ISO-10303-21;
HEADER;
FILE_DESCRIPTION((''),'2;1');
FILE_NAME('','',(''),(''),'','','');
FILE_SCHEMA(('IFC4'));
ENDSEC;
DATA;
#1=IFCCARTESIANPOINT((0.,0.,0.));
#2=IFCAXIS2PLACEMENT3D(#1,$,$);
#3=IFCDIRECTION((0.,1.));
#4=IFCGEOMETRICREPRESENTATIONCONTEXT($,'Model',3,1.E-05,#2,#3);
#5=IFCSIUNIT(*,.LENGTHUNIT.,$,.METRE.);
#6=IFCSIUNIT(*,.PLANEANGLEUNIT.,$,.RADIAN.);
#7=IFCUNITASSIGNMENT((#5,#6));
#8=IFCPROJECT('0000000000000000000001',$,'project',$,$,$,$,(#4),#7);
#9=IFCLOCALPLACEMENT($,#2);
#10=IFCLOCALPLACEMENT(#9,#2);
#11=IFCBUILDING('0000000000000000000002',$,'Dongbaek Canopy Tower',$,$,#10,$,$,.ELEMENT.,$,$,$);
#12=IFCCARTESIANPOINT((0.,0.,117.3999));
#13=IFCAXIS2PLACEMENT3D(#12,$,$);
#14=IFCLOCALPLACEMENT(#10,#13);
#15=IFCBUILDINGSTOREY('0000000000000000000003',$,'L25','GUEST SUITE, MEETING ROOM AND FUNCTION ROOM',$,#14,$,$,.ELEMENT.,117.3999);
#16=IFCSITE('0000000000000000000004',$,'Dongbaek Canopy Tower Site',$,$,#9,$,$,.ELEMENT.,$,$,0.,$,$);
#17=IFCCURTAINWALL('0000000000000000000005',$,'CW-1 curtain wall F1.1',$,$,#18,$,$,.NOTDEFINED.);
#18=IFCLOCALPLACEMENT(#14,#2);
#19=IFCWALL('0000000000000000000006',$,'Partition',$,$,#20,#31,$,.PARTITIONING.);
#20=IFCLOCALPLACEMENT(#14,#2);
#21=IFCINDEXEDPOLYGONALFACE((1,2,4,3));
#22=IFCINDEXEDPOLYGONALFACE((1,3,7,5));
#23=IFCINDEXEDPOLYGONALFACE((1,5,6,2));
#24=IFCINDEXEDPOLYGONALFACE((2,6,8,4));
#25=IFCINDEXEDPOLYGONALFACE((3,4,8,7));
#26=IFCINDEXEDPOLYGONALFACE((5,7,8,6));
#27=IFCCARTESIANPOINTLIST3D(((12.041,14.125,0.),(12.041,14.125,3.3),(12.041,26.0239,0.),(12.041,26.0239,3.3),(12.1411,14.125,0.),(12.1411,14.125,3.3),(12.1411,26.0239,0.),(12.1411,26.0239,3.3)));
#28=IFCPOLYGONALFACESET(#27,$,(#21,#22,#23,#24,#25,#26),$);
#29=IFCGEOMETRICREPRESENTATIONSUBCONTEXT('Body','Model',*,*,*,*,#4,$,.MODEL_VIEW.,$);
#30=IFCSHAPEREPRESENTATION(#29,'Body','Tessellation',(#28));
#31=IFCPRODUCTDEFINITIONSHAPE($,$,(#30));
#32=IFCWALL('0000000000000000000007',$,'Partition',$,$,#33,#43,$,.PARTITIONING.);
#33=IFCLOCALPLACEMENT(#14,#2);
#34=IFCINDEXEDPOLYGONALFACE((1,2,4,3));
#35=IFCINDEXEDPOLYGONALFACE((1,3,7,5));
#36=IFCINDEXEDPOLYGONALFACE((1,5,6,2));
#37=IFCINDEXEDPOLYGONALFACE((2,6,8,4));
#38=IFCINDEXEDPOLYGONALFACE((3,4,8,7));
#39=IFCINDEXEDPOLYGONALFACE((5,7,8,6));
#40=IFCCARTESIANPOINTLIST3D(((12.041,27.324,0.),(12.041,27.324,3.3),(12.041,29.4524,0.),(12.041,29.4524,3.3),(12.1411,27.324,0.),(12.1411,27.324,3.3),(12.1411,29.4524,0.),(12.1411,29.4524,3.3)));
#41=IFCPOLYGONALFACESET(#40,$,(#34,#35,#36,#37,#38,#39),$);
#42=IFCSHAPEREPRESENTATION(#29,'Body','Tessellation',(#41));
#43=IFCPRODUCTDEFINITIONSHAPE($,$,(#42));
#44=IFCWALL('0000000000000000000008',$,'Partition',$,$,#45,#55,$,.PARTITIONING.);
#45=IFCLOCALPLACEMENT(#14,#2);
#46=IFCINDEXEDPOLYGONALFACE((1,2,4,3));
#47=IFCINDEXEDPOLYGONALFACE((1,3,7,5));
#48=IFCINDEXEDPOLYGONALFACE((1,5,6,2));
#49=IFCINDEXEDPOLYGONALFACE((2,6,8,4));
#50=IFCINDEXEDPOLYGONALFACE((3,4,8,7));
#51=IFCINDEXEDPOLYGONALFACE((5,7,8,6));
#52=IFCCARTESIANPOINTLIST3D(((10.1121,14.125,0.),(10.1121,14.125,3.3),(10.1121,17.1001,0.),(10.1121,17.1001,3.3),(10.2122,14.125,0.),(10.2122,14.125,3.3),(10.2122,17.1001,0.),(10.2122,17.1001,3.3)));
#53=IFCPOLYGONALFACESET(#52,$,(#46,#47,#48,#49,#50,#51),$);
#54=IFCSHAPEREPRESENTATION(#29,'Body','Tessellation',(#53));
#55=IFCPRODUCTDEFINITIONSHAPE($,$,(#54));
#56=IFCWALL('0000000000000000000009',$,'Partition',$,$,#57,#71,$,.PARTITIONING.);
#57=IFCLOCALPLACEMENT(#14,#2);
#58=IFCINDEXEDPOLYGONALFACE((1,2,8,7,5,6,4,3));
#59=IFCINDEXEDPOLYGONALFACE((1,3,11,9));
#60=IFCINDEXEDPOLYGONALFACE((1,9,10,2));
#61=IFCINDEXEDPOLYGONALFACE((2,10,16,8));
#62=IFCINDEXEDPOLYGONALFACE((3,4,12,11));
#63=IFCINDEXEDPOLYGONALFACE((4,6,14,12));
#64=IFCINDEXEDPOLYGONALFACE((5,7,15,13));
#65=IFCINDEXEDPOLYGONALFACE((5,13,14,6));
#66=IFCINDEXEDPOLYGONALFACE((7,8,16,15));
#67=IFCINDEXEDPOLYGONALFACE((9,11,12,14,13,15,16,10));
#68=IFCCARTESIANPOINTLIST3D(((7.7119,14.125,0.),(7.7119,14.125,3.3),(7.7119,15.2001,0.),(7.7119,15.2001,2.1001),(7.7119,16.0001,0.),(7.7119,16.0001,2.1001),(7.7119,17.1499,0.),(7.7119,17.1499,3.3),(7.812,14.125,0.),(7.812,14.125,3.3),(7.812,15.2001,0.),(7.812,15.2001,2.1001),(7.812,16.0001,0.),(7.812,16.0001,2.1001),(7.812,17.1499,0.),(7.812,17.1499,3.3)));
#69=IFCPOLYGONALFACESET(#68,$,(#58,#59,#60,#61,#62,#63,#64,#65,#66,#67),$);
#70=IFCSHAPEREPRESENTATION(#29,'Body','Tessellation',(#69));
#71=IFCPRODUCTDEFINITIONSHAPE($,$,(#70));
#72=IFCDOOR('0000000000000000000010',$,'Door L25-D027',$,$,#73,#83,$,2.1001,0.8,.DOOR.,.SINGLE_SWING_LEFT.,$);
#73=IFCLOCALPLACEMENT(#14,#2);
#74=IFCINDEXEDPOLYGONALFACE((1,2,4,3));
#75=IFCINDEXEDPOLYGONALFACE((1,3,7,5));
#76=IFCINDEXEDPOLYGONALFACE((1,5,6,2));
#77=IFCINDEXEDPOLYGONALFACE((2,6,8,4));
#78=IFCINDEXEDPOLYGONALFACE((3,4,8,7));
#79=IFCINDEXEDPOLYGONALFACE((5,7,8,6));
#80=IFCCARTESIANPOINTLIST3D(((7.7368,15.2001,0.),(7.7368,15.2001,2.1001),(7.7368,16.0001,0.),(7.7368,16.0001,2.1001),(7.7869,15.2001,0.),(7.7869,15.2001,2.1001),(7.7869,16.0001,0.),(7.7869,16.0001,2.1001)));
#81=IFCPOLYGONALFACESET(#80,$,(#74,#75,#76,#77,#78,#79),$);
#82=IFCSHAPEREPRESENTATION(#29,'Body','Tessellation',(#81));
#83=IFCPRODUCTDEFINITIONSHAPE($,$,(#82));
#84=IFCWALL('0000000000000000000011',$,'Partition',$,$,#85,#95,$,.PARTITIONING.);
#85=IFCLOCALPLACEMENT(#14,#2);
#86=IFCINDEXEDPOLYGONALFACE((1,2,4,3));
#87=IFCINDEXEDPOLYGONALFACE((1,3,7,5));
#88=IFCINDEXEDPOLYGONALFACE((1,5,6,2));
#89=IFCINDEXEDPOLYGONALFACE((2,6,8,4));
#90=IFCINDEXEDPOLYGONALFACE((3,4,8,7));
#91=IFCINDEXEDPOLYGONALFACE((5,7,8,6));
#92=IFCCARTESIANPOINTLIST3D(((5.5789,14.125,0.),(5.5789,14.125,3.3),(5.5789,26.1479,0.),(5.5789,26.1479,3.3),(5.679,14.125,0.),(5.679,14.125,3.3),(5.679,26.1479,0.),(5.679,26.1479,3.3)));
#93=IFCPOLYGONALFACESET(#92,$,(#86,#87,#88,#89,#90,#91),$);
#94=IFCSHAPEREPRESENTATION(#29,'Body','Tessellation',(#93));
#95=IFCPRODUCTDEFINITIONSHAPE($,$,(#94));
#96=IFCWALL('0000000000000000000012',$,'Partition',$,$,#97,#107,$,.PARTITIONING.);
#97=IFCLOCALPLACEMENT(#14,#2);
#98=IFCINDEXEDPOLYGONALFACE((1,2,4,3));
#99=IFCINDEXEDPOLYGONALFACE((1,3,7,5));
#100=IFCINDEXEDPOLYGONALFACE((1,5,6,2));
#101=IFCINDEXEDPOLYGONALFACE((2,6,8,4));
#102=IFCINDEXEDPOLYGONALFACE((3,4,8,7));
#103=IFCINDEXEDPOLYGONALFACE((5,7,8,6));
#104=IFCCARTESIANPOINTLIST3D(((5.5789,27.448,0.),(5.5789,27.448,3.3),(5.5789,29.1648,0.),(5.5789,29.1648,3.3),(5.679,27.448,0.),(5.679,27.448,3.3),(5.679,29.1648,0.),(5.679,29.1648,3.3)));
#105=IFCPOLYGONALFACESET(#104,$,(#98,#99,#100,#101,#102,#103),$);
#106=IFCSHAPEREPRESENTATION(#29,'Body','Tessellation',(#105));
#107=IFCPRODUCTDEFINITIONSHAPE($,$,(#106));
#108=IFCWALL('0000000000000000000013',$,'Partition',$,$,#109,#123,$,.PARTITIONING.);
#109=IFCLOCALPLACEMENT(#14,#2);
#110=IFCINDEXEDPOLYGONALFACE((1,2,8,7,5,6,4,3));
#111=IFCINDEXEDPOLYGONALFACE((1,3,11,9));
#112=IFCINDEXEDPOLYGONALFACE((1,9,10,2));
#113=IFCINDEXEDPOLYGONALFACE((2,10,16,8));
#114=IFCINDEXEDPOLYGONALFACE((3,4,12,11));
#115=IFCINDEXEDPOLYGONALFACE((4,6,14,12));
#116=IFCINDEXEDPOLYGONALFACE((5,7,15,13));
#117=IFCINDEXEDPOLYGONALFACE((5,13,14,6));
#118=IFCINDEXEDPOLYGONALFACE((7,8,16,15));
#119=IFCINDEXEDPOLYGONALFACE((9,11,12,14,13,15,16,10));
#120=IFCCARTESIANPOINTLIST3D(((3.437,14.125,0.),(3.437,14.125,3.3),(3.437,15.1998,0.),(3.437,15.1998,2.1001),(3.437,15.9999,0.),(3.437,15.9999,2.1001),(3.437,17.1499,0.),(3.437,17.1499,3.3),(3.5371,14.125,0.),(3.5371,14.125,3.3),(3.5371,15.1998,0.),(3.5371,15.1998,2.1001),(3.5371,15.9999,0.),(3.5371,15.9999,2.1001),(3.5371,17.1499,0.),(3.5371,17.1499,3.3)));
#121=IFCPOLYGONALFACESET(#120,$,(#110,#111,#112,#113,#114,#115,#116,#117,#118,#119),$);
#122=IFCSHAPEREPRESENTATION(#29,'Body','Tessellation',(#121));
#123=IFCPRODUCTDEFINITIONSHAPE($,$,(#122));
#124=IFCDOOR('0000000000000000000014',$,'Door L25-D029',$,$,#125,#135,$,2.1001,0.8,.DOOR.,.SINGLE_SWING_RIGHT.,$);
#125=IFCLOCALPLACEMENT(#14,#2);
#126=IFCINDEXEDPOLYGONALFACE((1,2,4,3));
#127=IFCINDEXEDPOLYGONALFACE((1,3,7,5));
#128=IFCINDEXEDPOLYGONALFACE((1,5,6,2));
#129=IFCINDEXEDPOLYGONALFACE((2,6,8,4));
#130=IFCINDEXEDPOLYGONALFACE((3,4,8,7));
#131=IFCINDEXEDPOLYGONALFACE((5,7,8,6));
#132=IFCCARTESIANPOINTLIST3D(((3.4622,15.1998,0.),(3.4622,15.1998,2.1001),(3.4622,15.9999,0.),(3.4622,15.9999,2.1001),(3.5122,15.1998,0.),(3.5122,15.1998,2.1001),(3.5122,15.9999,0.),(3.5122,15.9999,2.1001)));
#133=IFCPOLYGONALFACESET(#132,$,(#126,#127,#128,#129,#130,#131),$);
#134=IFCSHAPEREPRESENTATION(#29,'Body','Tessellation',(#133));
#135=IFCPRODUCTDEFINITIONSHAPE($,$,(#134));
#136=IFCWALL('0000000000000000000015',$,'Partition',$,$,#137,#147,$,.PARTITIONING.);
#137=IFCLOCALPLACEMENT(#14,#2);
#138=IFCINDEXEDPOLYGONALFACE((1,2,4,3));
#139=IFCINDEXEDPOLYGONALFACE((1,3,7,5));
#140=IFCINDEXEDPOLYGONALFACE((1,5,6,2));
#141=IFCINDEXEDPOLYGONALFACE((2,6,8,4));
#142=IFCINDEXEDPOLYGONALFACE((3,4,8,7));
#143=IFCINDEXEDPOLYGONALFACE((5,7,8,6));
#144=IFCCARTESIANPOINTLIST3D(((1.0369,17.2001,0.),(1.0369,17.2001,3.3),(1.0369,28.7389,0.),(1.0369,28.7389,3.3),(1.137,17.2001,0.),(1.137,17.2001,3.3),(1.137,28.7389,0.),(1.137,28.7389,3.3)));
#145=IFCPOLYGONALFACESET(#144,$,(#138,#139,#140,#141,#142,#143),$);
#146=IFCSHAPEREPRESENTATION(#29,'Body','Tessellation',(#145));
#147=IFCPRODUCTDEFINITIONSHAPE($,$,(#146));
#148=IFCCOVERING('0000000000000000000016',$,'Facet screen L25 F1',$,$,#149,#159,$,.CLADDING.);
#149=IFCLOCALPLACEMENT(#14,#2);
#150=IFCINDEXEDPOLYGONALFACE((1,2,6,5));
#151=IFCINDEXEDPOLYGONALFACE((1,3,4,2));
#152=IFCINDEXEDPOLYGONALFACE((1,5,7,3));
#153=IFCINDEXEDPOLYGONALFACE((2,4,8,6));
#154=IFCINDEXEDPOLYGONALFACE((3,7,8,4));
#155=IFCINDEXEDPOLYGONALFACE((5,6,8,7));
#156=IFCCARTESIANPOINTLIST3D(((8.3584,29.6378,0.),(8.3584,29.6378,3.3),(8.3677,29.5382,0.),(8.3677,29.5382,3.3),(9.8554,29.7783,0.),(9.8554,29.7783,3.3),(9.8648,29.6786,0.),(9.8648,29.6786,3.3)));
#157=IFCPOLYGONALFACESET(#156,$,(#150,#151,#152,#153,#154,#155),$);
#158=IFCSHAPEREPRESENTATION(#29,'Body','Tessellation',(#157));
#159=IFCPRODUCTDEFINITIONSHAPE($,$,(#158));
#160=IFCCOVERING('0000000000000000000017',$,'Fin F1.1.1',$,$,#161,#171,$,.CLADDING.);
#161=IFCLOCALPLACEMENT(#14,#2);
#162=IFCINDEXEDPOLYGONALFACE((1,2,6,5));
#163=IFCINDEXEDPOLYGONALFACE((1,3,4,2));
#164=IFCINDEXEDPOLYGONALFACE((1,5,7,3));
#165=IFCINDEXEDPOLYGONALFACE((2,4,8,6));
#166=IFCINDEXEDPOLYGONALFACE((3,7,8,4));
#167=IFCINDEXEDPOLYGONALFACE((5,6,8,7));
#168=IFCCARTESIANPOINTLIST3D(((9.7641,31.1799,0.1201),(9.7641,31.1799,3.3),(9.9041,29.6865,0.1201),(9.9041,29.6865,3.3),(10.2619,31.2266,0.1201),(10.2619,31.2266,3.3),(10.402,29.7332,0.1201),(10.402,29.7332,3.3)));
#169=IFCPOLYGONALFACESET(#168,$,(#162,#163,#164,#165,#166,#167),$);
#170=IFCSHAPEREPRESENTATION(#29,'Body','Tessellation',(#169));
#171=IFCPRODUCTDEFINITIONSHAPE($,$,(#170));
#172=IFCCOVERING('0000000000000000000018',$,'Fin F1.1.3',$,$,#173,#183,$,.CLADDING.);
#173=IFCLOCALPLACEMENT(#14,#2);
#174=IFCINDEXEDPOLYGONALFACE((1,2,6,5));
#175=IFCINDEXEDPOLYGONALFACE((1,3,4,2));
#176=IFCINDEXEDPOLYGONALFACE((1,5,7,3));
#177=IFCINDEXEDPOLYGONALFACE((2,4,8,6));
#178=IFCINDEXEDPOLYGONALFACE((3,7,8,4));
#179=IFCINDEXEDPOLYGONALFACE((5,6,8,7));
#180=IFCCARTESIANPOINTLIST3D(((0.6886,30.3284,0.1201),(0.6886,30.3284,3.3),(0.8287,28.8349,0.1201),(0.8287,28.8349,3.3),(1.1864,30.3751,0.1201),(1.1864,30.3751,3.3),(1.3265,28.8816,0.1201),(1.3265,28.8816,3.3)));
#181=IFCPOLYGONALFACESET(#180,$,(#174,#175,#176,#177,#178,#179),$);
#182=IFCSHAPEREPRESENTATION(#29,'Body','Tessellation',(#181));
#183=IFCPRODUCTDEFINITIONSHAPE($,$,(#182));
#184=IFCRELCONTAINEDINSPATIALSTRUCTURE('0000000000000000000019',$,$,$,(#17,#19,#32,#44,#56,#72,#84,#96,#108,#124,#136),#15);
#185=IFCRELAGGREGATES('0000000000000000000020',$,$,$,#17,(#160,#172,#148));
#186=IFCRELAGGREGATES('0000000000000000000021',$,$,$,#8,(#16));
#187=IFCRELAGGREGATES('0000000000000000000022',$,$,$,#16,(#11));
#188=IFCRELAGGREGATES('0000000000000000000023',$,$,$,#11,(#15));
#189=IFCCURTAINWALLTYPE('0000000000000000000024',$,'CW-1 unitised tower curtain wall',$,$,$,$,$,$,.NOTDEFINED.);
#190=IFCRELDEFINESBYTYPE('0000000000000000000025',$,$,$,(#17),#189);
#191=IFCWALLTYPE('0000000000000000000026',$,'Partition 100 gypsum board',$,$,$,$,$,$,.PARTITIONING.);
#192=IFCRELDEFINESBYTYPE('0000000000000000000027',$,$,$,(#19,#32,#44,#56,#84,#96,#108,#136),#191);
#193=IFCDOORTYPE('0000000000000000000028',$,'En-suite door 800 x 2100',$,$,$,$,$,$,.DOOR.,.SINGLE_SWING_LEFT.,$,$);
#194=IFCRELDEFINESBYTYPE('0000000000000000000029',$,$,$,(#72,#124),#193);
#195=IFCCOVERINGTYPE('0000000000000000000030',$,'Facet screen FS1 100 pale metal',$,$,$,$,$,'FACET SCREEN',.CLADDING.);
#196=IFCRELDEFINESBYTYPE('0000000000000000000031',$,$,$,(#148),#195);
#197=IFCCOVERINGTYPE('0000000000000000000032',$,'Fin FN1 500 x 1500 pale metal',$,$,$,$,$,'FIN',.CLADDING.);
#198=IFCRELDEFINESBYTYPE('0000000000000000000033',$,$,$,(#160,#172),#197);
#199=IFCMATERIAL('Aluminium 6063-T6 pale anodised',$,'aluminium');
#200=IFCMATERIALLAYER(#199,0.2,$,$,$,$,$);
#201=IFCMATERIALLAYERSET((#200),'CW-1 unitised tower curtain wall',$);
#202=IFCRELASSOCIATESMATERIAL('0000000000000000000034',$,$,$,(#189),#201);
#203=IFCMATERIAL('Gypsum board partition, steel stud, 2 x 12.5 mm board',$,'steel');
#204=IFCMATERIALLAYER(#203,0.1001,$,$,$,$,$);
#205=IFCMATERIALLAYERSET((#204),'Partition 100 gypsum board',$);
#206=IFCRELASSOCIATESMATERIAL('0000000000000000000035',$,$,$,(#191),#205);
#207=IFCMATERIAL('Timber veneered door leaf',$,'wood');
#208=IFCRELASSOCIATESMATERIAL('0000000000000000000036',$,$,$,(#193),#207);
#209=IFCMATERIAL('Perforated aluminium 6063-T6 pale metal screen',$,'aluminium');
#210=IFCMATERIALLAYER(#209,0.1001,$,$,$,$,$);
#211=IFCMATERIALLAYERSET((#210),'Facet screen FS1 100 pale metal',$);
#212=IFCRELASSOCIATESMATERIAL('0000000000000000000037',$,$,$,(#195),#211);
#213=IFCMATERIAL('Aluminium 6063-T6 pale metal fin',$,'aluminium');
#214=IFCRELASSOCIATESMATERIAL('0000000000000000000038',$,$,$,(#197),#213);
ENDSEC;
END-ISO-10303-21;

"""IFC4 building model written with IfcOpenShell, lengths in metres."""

from ifc_helpers import new_model, si_unit, direction, frame, frame_2d, origin, origin_2d, place, context, subcontext, project, spatial, rectangle, extrude, material, layer, layer_set, material_profile, profile_set, type_object, element, fill, aggregate, save


model = new_model("IFC4")

# Units and contexts
model_context = context("Model", 3, precision=1e-05, world=origin(), true_north=direction((0.0, 1.0)))
body_context = subcontext(model_context, "Body", "Model", "MODEL_VIEW")
ifc_project = project(units=[si_unit("LENGTHUNIT", "METRE"), si_unit("PLANEANGLEUNIT", "RADIAN")], contexts=[model_context])

# Site, building, storey
site_placement = place(None, origin())
site = spatial("IfcSite", under=ifc_project, at=site_placement, Name="Dongbaek Canopy Tower Site", CompositionType="ELEMENT", RefElevation=0.0)
building_placement = place(site_placement, origin())
building = spatial("IfcBuilding", under=site, at=building_placement, Name="Dongbaek Canopy Tower", CompositionType="ELEMENT")
storey_placement = place(building_placement, frame((0.0, 0.0, 117.3999)))
storey = spatial("IfcBuildingStorey", under=building, at=storey_placement, Name="L25", Description="GUEST SUITE, MEETING ROOM AND FUNCTION ROOM", CompositionType="ELEMENT", Elevation=117.3999)

# Curtain wall
ifc_material_1 = material(Name="Aluminium 6063-T6 pale anodised", Category="aluminium")
ifc_layer_1 = layer(ifc_material_1, 0.2)
ifc_layer_set_1 = layer_set([ifc_layer_1], Name="CW-1 unitised tower curtain wall")
curtain_wall_type = type_object("IfcCurtainWallType", Name="CW-1 unitised tower curtain wall", PredefinedType="NOTDEFINED", material=ifc_layer_set_1)
curtain_wall_1_placement = place(storey_placement, origin())
curtain_wall_1 = element("IfcCurtainWall", 1, at=curtain_wall_1_placement, inside=storey, type_object=curtain_wall_type, Name="CW-1 curtain wall F1.1", PredefinedType="NOTDEFINED")

# Walls
ifc_material_2 = material(Name="Gypsum board partition, steel stud, 2 x 12.5 mm board", Category="steel")
ifc_layer_2 = layer(ifc_material_2, 0.1001)
ifc_layer_set_2 = layer_set([ifc_layer_2], Name="Partition 100 gypsum board")
wall_type = type_object("IfcWallType", Name="Partition 100 gypsum board", PredefinedType="PARTITIONING", material=ifc_layer_set_2)
wall_1_placement = place(storey_placement, frame((12.0911, 14.125, 0.0), z_axis=(0.0, 0.0, 1.0), x_axis=(0.0, 1.0, 0.0)))
element("IfcWall", 2, at=wall_1_placement, inside=storey, type_object=wall_type, Name="Partition", PredefinedType="PARTITIONING", context=body_context, shape_type="SweptSolid", body=[
    extrude(rectangle(XDim=11.8989, YDim=0.1001, at=frame_2d((5.9495, 0.0))), origin(), (0.0, 0.0, 1.0), 3.3),
])
wall_2_placement = place(storey_placement, frame((12.0911, 27.324, 0.0), z_axis=(0.0, 0.0, 1.0), x_axis=(0.0, 1.0, 0.0)))
element("IfcWall", 3, at=wall_2_placement, inside=storey, type_object=wall_type, Name="Partition", PredefinedType="PARTITIONING", context=body_context, shape_type="SweptSolid", body=[
    extrude(rectangle(XDim=2.1284, YDim=0.1001, at=frame_2d((1.0642, 0.0))), origin(), (0.0, 0.0, 1.0), 3.3),
])
wall_3_placement = place(storey_placement, frame((10.1621, 14.125, 0.0), z_axis=(0.0, 0.0, 1.0), x_axis=(0.0, 1.0, 0.0)))
element("IfcWall", 4, at=wall_3_placement, inside=storey, type_object=wall_type, Name="Partition", PredefinedType="PARTITIONING", context=body_context, shape_type="SweptSolid", body=[
    extrude(rectangle(XDim=2.9751, YDim=0.1001, at=frame_2d((1.4875, 0.0))), origin(), (0.0, 0.0, 1.0), 3.3),
])

# Wall, opening, door
wall_4_placement = place(storey_placement, frame((7.762, 17.1499, 0.0), z_axis=(0.0, 0.0, 1.0), x_axis=(0.0, -1.0, 0.0)))
wall_4 = element("IfcWall", 5, at=wall_4_placement, inside=storey, type_object=wall_type, Name="Partition", PredefinedType="PARTITIONING", context=body_context, shape_type="SweptSolid", body=[
    extrude(rectangle(XDim=3.0249, YDim=0.1001, at=frame_2d((1.5125, 0.0))), origin(), (0.0, 0.0, 1.0), 3.3),
])
opening_1_placement = place(wall_4_placement, frame((1.1499, 0.0, 0.0)))
opening_1 = element("IfcOpeningElement", 6, at=opening_1_placement, cuts=wall_4, PredefinedType="OPENING", context=body_context, shape_type="SweptSolid", body=[
    extrude(rectangle(XDim=0.8, YDim=2.1001, at=frame_2d((0.3999, 1.05))), frame((0.0, 0.0601, 0.0), z_axis=(0.0, -1.0, 0.0), x_axis=(1.0, 0.0, 0.0)), (0.0, 0.0, 1.0), 0.1201),
])
ifc_material_3 = material(Name="Timber veneered door leaf", Category="wood")
door_type = type_object("IfcDoorType", Name="En-suite door 800 x 2100", OperationType="SINGLE_SWING_LEFT", PredefinedType="DOOR", material=ifc_material_3)
door_1_placement = place(opening_1_placement, origin())
door_1 = element("IfcDoor", 7, at=door_1_placement, inside=storey, type_object=door_type, Name="Door L25-D027", OperationType="SINGLE_SWING_LEFT", OverallHeight=2.1001, OverallWidth=0.8, PredefinedType="DOOR", context=body_context, shape_type="SweptSolid", body=[
    extrude(rectangle(XDim=0.8, YDim=2.1001, at=frame_2d((0.3999, 1.05))), frame((0.0, 0.0249, 0.0), z_axis=(0.0, -1.0, 0.0), x_axis=(1.0, 0.0, 0.0)), (0.0, 0.0, 1.0), 0.05),
])
fill(opening_1, door_1)

# Walls
wall_5_placement = place(storey_placement, frame((5.6289, 14.125, 0.0), z_axis=(0.0, 0.0, 1.0), x_axis=(0.0, 1.0, 0.0)))
element("IfcWall", 8, at=wall_5_placement, inside=storey, type_object=wall_type, Name="Partition", PredefinedType="PARTITIONING", context=body_context, shape_type="SweptSolid", body=[
    extrude(rectangle(XDim=12.0229, YDim=0.1001, at=frame_2d((6.0115, 0.0))), origin(), (0.0, 0.0, 1.0), 3.3),
])
wall_6_placement = place(storey_placement, frame((5.6289, 27.448, 0.0), z_axis=(0.0, 0.0, 1.0), x_axis=(0.0, 1.0, 0.0)))
element("IfcWall", 9, at=wall_6_placement, inside=storey, type_object=wall_type, Name="Partition", PredefinedType="PARTITIONING", context=body_context, shape_type="SweptSolid", body=[
    extrude(rectangle(XDim=1.7168, YDim=0.1001, at=frame_2d((0.8584, 0.0))), origin(), (0.0, 0.0, 1.0), 3.3),
])

# Wall, opening, door
wall_7_placement = place(storey_placement, frame((3.4871, 14.125, 0.0), z_axis=(0.0, 0.0, 1.0), x_axis=(0.0, 1.0, 0.0)))
wall_7 = element("IfcWall", 10, at=wall_7_placement, inside=storey, type_object=wall_type, Name="Partition", PredefinedType="PARTITIONING", context=body_context, shape_type="SweptSolid", body=[
    extrude(rectangle(XDim=3.0249, YDim=0.1001, at=frame_2d((1.5125, 0.0))), origin(), (0.0, 0.0, 1.0), 3.3),
])
opening_2_placement = place(wall_7_placement, frame((1.075, 0.0, 0.0)))
opening_2 = element("IfcOpeningElement", 11, at=opening_2_placement, cuts=wall_7, PredefinedType="OPENING", context=body_context, shape_type="SweptSolid", body=[
    extrude(rectangle(XDim=0.8, YDim=2.1001, at=frame_2d((0.3999, 1.05))), frame((0.0, 0.0601, 0.0), z_axis=(0.0, -1.0, 0.0), x_axis=(1.0, 0.0, 0.0)), (0.0, 0.0, 1.0), 0.1201),
])
door_2_placement = place(opening_2_placement, origin())
door_2 = element("IfcDoor", 12, at=door_2_placement, inside=storey, type_object=door_type, Name="Door L25-D029", OperationType="SINGLE_SWING_RIGHT", OverallHeight=2.1001, OverallWidth=0.8, PredefinedType="DOOR", context=body_context, shape_type="SweptSolid", body=[
    extrude(rectangle(XDim=0.8, YDim=2.1001, at=frame_2d((0.3999, 1.05))), frame((0.0, 0.0249, 0.0), z_axis=(0.0, -1.0, 0.0), x_axis=(1.0, 0.0, 0.0)), (0.0, 0.0, 1.0), 0.05),
])
fill(opening_2, door_2)

# Wall
wall_8_placement = place(storey_placement, frame((1.0869, 17.2, 0.0), z_axis=(0.0, 0.0, 1.0), x_axis=(0.0, 1.0, 0.0)))
element("IfcWall", 13, at=wall_8_placement, inside=storey, type_object=wall_type, Name="Partition", PredefinedType="PARTITIONING", context=body_context, shape_type="SweptSolid", body=[
    extrude(rectangle(XDim=11.5388, YDim=0.1001, at=frame_2d((5.7695, 0.0))), origin(), (0.0, 0.0, 1.0), 3.3),
])

# Coverings
ifc_material_4 = material(Name="Perforated aluminium 6063-T6 pale metal screen", Category="aluminium")
ifc_layer_3 = layer(ifc_material_4, 0.1001)
ifc_layer_set_3 = layer_set([ifc_layer_3], Name="Facet screen FS1 100 pale metal")
covering_type_1 = type_object("IfcCoveringType", Name="Facet screen FS1 100 pale metal", ElementType="FACET SCREEN", PredefinedType="CLADDING", material=ifc_layer_set_3)
covering_1_placement = place(storey_placement, frame((9.1116, 29.6582, 0.0), z_axis=(0.0, 0.0, 1.0), x_axis=(-0.995629, -0.093398, 0.0)))
covering_1 = element("IfcCovering", 14, at=covering_1_placement, type_object=covering_type_1, Name="Facet screen L25 F1", PredefinedType="CLADDING", context=body_context, shape_type="SweptSolid", body=[
    extrude(rectangle(XDim=1.5037, YDim=0.1001, at=origin_2d()), origin(), (0.0, 0.0, 1.0), 3.3),
])
ifc_material_5 = material(Name="Aluminium 6063-T6 pale metal fin", Category="aluminium")
ifc_material_profile_1 = material_profile(ifc_material_5, rectangle(XDim=1.5, YDim=0.5, at=origin_2d()), Name="Fin FN1 500 x 1500 pale metal")
ifc_profile_set_1 = profile_set([ifc_material_profile_1], Name="Aluminium 6063-T6 pale metal fin")
covering_type_2 = type_object("IfcCoveringType", Name="Fin FN1 500 x 1500 pale metal", ElementType="FIN", PredefinedType="CLADDING", material=ifc_profile_set_1)
covering_2_placement = place(storey_placement, frame((10.083, 30.4565, 0.1201), z_axis=(0.0, 0.0, 1.0), x_axis=(-0.093398, 0.995629, 0.0)))
covering_2 = element("IfcCovering", 15, at=covering_2_placement, type_object=covering_type_2, Name="Fin F1.1.1", PredefinedType="CLADDING", context=body_context, shape_type="SweptSolid", body=[
    extrude(rectangle(XDim=1.5, YDim=0.5, at=origin_2d()), origin(), (0.0, 0.0, 1.0), 3.1799),
])
covering_3_placement = place(storey_placement, frame((1.0076, 29.605, 0.1201), z_axis=(0.0, 0.0, 1.0), x_axis=(-0.093398, 0.995629, 0.0)))
covering_3 = element("IfcCovering", 16, at=covering_3_placement, type_object=covering_type_2, Name="Fin F1.1.3", PredefinedType="CLADDING", context=body_context, shape_type="SweptSolid", body=[
    extrude(rectangle(XDim=1.5, YDim=0.5, at=origin_2d()), origin(), (0.0, 0.0, 1.0), 3.1799),
])
aggregate(curtain_wall_1, [covering_2, covering_3, covering_1])

save(model, "model.ifc")
